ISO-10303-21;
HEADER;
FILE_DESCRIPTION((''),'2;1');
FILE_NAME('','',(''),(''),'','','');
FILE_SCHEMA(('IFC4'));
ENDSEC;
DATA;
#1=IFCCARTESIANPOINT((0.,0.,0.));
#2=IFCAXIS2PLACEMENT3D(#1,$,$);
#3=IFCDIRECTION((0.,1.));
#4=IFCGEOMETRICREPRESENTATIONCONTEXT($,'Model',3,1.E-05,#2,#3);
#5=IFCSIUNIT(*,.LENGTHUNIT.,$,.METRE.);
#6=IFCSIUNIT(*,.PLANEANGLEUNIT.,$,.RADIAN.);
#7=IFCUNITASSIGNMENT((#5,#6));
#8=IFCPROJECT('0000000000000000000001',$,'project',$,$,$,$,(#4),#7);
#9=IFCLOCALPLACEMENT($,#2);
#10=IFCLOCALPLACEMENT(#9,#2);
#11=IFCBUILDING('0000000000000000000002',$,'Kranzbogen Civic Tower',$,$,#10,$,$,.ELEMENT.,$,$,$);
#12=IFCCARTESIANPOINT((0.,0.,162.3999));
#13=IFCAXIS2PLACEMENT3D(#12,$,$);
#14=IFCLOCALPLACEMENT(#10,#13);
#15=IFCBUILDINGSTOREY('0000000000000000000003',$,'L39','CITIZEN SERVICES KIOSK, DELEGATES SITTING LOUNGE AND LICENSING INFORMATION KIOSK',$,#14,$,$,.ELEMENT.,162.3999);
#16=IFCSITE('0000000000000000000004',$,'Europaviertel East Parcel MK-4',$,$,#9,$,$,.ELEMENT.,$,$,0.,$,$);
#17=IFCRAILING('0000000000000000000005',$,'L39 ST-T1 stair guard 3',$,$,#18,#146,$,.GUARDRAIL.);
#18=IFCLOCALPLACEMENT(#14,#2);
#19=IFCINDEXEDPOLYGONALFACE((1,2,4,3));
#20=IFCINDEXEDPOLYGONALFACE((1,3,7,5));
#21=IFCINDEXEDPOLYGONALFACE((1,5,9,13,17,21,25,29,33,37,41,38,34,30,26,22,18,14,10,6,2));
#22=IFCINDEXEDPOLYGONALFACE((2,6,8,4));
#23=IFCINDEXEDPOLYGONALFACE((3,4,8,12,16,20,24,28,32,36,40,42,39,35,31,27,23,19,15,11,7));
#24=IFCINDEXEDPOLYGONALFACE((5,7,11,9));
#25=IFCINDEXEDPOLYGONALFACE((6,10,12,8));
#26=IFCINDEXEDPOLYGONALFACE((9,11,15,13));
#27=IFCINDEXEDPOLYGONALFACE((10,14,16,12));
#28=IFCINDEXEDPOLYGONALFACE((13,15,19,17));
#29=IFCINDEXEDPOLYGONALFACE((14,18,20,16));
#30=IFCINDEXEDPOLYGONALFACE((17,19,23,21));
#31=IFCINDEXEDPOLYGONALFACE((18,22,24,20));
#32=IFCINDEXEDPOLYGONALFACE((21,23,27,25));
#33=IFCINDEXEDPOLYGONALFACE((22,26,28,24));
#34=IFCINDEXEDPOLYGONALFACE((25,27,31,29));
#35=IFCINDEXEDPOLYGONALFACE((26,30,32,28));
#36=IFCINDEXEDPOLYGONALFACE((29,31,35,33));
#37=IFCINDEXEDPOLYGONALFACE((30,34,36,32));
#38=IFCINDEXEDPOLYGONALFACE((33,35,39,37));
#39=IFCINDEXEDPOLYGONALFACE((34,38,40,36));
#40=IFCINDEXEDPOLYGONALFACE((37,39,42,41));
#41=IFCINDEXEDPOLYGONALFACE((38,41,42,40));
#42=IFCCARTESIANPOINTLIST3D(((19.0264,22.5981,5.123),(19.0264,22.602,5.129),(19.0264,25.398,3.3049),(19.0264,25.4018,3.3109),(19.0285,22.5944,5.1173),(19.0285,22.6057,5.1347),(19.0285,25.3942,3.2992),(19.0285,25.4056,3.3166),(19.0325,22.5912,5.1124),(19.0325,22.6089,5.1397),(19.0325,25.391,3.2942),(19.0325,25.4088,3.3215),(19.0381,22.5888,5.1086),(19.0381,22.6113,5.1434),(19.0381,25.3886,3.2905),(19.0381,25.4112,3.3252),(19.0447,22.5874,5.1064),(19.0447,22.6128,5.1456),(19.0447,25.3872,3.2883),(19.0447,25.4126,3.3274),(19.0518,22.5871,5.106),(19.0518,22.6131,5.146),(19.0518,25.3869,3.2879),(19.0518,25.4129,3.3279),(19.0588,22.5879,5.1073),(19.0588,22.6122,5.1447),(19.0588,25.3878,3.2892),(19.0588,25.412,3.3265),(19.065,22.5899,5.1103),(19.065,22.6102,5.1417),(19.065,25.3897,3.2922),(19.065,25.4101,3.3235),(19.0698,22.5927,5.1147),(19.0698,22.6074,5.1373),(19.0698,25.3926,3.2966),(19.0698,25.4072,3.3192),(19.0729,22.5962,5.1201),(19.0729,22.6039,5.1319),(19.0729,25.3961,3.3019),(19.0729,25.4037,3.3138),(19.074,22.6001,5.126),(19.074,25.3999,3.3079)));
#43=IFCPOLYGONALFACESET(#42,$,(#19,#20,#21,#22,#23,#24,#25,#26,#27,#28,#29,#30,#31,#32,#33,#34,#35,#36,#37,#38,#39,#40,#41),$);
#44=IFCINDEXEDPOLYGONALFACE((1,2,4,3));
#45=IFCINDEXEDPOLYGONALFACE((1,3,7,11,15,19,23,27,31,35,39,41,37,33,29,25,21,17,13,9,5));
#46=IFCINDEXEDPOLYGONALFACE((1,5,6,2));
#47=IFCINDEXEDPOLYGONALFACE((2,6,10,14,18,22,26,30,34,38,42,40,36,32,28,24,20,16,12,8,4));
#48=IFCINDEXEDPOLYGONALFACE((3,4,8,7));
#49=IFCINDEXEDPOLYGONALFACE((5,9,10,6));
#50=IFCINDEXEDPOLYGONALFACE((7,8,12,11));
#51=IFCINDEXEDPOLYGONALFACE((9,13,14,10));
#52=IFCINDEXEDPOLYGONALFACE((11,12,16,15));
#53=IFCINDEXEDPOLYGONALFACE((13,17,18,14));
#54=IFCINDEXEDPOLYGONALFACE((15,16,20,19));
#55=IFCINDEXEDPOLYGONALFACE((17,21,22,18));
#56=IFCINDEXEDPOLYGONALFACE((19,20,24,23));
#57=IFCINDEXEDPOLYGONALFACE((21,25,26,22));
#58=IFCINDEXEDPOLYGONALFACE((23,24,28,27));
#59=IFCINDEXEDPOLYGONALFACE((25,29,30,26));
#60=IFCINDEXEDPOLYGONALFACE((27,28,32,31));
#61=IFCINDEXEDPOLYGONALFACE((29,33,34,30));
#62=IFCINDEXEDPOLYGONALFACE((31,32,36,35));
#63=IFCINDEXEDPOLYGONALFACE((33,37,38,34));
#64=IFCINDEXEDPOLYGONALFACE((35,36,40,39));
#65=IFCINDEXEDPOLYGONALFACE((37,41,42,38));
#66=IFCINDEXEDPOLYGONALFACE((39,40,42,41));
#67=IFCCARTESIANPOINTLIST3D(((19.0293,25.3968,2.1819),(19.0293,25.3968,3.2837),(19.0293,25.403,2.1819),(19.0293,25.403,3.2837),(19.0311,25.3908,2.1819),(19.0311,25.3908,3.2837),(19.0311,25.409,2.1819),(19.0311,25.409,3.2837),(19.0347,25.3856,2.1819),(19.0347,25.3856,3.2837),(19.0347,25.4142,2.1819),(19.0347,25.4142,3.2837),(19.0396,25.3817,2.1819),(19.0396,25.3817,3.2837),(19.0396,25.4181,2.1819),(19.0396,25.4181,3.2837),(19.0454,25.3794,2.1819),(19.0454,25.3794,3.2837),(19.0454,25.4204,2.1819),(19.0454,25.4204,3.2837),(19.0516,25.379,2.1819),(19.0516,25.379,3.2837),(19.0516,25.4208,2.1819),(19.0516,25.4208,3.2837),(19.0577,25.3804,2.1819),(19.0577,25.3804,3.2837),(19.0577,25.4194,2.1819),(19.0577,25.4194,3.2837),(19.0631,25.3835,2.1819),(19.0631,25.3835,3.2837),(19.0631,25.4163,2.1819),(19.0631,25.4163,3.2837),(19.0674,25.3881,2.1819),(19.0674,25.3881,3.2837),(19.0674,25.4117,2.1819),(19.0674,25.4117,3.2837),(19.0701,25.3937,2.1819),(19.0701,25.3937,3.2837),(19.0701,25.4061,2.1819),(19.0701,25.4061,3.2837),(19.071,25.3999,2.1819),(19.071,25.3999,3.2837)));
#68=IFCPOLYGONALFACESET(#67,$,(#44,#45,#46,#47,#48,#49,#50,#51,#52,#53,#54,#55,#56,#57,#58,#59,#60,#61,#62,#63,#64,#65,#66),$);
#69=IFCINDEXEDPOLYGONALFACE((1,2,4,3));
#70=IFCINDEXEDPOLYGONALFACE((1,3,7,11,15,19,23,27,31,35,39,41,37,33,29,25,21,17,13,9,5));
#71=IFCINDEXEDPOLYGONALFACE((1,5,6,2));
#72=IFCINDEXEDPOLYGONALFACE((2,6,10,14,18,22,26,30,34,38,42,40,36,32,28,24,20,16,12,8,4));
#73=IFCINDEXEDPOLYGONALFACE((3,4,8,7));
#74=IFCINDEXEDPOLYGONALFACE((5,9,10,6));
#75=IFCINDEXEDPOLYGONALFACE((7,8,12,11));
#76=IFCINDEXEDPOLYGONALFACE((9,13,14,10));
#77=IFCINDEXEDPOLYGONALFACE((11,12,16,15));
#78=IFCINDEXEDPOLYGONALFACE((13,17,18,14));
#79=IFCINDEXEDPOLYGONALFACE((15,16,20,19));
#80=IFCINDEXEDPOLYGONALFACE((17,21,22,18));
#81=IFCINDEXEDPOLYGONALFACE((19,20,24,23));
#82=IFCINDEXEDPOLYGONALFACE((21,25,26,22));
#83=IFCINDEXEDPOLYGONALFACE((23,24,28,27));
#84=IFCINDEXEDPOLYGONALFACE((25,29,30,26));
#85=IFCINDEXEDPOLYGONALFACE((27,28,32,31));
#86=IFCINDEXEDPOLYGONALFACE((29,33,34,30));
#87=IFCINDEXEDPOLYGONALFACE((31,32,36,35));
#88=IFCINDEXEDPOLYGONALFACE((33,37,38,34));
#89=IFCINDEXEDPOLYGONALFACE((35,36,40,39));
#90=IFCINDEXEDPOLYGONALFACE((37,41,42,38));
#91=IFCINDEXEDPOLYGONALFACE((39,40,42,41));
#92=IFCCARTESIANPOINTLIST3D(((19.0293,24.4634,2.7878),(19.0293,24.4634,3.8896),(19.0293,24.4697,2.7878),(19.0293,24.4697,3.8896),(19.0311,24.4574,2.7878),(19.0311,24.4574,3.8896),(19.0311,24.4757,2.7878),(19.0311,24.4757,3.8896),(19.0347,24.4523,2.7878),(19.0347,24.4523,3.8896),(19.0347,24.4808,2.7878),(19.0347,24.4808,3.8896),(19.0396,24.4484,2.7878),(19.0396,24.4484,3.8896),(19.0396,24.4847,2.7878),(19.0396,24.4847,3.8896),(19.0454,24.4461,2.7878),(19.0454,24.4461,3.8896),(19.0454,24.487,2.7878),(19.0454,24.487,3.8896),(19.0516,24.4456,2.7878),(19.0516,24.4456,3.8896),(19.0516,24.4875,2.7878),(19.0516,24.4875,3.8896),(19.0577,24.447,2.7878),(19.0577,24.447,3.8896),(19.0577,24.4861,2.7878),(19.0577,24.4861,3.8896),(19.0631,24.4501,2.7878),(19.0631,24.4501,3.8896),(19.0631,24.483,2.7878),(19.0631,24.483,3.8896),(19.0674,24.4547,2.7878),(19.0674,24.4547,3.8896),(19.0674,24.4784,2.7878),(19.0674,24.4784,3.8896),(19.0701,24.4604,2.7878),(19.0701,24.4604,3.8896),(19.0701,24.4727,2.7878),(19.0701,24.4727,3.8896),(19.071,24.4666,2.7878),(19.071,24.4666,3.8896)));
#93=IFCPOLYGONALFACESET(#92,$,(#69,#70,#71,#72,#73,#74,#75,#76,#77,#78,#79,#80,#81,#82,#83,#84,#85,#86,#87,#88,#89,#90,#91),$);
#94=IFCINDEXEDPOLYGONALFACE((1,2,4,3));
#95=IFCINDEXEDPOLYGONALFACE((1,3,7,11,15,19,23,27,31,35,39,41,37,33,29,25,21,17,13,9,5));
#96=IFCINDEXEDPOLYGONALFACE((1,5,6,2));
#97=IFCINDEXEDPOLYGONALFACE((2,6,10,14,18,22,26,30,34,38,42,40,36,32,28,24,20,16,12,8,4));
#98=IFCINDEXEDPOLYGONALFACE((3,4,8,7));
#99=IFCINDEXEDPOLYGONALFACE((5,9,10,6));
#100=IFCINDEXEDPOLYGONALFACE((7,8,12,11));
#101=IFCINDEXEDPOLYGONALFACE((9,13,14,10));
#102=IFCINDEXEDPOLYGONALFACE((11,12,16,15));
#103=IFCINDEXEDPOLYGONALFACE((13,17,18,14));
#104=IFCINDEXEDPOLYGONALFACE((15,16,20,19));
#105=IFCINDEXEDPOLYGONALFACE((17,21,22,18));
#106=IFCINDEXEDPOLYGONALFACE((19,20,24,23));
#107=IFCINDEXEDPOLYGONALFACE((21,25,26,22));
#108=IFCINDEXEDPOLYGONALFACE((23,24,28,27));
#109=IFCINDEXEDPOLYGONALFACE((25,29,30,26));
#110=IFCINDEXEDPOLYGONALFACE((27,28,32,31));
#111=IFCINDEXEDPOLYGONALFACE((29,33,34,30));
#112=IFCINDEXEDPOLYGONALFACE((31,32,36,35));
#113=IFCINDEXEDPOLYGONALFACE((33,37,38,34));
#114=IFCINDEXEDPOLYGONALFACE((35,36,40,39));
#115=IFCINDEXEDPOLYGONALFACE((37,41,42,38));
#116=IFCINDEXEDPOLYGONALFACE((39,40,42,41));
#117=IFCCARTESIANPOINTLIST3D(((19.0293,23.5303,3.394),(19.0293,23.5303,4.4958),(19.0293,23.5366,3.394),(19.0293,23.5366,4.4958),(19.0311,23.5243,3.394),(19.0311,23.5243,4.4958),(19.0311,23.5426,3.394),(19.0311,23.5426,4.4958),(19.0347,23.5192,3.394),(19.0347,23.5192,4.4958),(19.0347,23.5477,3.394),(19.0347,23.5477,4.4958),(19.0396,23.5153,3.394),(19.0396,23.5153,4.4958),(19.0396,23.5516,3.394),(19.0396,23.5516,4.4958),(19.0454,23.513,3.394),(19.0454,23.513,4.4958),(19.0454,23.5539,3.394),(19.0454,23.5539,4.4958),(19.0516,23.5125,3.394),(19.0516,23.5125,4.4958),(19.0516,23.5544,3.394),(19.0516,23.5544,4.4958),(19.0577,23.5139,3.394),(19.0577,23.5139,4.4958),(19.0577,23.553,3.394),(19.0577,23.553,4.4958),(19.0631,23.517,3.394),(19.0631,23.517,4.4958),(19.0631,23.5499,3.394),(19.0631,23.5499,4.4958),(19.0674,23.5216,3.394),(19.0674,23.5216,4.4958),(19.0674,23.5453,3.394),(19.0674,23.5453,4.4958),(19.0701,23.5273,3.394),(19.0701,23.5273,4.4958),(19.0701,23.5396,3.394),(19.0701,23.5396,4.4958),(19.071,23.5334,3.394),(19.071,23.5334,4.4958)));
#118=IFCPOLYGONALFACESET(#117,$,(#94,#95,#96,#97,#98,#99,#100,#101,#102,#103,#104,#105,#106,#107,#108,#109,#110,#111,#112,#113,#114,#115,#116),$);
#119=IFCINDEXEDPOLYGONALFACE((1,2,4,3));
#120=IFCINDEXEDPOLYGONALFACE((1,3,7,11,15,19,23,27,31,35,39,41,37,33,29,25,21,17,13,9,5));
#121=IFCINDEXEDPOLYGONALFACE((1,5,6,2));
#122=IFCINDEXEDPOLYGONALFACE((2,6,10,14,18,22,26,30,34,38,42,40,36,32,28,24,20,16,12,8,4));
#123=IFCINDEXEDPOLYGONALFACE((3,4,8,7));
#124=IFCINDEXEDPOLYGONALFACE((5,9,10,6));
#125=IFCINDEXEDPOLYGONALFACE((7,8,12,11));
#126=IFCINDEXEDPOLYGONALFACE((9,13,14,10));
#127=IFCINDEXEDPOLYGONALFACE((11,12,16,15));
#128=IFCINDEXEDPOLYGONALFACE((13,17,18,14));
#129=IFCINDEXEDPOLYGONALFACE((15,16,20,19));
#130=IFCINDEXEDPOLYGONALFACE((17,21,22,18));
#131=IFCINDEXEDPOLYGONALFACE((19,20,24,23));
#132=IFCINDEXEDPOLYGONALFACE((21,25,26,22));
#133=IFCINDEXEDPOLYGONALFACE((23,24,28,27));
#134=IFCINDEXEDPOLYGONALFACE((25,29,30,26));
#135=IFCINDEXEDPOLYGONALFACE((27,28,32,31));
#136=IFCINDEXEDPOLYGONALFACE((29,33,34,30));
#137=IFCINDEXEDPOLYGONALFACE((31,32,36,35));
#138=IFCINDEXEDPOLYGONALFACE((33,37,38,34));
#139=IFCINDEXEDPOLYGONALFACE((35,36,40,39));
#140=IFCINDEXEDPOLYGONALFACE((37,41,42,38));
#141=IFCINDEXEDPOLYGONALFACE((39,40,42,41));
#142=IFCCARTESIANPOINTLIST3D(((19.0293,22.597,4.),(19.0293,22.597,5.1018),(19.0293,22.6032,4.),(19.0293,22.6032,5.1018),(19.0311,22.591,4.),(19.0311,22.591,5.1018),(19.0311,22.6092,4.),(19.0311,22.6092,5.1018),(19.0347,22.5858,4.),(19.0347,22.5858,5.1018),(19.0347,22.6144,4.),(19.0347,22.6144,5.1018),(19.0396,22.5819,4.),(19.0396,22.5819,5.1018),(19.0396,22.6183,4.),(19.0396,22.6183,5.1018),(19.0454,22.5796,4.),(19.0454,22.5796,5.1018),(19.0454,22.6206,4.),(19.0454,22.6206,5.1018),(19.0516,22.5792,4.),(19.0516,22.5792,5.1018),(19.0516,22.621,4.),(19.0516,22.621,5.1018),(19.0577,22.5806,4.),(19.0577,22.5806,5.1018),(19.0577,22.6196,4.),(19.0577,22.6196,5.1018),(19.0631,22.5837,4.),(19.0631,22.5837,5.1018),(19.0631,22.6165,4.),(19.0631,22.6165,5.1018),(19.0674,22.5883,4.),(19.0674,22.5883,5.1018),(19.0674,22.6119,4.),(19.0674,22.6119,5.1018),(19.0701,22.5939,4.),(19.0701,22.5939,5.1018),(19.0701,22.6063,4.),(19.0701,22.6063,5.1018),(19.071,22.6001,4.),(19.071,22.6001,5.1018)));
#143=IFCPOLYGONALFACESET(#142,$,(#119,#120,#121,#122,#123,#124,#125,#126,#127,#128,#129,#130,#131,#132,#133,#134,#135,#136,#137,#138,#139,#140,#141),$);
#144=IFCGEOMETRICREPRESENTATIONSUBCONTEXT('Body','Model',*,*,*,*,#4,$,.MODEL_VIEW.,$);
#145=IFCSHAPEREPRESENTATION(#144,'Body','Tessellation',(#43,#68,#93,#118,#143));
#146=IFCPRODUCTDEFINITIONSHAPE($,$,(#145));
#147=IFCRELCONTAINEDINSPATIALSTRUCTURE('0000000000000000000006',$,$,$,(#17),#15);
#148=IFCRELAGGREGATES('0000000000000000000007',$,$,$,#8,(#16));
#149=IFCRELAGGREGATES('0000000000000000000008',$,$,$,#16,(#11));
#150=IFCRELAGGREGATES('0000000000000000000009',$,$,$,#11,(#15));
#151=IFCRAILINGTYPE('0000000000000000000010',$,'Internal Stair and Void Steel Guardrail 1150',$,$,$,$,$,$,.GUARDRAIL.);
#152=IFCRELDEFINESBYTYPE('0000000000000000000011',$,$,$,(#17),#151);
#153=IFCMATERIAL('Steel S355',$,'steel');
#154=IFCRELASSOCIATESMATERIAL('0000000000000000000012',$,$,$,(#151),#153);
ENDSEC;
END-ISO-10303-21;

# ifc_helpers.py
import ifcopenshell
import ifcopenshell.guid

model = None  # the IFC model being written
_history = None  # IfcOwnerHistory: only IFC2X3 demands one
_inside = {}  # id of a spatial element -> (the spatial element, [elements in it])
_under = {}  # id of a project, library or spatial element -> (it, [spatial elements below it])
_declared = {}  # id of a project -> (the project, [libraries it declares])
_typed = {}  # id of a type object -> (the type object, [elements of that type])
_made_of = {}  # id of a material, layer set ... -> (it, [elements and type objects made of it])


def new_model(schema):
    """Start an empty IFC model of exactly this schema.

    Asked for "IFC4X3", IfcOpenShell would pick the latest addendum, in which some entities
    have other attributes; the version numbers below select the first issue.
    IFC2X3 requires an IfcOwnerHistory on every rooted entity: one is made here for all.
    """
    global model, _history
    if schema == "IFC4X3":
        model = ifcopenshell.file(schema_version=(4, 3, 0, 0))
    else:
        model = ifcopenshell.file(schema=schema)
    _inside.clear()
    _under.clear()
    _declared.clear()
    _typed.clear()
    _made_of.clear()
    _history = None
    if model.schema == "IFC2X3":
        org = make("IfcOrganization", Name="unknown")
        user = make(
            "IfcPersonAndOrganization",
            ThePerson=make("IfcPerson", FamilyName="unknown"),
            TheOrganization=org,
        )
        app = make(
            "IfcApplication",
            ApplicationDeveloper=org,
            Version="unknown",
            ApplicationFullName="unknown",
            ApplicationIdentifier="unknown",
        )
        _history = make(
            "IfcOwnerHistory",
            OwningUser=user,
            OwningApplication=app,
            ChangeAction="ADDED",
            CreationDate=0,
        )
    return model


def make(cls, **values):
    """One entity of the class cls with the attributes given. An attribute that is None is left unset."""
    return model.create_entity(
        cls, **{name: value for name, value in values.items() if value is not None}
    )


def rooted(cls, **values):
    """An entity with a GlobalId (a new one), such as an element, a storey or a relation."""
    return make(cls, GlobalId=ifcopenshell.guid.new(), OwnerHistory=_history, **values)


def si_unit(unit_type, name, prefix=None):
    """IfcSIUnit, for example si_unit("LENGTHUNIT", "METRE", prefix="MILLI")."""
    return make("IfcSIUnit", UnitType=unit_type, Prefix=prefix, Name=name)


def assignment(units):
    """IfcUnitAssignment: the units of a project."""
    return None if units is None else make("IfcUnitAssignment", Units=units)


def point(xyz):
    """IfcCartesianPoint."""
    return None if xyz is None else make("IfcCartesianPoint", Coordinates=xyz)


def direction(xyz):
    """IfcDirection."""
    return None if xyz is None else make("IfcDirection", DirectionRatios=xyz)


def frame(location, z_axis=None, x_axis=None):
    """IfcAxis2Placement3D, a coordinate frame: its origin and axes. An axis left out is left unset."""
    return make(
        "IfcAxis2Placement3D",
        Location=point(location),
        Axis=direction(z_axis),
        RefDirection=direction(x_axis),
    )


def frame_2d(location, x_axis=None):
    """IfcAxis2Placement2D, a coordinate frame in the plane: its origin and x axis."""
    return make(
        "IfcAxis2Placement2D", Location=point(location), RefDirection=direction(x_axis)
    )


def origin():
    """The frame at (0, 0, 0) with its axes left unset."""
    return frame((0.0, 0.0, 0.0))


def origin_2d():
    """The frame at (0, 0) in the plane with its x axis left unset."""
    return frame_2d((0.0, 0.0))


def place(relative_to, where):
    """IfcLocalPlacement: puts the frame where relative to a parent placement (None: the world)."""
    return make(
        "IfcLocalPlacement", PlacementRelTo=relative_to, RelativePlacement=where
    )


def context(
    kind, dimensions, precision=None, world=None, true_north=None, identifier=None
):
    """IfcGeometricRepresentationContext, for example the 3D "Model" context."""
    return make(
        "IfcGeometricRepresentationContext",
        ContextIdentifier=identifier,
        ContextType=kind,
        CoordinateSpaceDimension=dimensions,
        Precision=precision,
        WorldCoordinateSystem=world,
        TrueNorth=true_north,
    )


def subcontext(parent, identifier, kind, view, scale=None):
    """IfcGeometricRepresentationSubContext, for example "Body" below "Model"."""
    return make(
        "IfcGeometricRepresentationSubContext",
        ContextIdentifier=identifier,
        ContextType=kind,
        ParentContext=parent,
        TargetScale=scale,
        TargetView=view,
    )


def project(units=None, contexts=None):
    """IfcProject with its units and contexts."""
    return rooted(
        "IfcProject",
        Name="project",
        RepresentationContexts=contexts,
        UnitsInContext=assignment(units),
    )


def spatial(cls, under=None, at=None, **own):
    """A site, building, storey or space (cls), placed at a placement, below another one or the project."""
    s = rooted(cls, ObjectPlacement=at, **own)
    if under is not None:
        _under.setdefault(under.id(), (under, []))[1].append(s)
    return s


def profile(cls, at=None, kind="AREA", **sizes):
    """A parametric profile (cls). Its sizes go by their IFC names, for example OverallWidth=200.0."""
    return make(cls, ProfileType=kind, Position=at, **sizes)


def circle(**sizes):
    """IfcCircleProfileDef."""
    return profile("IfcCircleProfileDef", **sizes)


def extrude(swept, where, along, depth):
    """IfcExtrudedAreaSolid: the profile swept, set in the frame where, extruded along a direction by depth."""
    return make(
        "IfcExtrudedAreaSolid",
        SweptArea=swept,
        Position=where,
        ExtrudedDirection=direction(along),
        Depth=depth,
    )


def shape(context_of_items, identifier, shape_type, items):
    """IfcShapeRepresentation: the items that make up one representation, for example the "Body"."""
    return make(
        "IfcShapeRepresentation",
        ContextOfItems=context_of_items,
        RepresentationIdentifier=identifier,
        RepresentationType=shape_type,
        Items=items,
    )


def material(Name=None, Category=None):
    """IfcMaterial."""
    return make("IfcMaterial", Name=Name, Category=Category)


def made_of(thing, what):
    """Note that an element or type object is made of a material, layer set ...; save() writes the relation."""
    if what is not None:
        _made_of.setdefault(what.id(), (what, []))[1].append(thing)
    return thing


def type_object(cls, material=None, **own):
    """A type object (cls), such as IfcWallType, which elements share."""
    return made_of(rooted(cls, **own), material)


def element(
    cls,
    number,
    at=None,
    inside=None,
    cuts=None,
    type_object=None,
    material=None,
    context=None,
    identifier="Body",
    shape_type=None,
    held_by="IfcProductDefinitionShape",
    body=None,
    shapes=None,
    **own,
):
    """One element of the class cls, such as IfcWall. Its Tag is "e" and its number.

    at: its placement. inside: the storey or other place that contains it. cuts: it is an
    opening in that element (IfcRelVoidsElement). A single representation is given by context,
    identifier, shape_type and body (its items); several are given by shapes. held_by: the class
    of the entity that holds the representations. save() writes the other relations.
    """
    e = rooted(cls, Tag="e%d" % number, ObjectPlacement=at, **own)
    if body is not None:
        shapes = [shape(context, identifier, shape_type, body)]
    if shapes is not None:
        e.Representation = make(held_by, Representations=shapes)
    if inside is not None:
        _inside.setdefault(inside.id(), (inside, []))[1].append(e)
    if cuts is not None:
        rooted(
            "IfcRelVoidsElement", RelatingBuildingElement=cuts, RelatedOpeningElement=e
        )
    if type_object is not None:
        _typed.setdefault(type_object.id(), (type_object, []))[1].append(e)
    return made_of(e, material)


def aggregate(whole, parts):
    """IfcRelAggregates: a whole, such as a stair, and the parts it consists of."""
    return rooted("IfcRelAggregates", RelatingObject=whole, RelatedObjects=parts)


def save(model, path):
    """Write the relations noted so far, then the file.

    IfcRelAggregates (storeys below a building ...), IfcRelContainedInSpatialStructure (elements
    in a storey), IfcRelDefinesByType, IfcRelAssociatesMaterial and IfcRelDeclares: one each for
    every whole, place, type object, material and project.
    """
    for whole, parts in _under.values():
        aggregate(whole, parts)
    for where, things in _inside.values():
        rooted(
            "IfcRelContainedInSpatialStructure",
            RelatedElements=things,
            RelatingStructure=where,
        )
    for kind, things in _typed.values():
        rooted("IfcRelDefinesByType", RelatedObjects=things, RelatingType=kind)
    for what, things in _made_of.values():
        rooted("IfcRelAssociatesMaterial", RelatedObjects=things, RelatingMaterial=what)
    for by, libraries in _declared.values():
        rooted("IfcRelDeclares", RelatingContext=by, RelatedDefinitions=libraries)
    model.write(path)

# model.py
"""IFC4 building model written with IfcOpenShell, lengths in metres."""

from ifc_helpers import new_model, si_unit, direction, frame, origin, origin_2d, place, context, subcontext, project, spatial, circle, extrude, material, type_object, element, save


model = new_model("IFC4")

# Units and contexts
model_context = context("Model", 3, precision=1e-05, world=origin(), true_north=direction((0.0, 1.0)))
body_context = subcontext(model_context, "Body", "Model", "MODEL_VIEW")
ifc_project = project(units=[si_unit("LENGTHUNIT", "METRE"), si_unit("PLANEANGLEUNIT", "RADIAN")], contexts=[model_context])

# Site, building, storey
site_placement = place(None, origin())
site = spatial("IfcSite", under=ifc_project, at=site_placement, Name="Europaviertel East Parcel MK-4", CompositionType="ELEMENT", RefElevation=0.0)
building_placement = place(site_placement, origin())
building = spatial("IfcBuilding", under=site, at=building_placement, Name="Kranzbogen Civic Tower", CompositionType="ELEMENT")
storey_placement = place(building_placement, frame((0.0, 0.0, 162.3999)))
storey = spatial("IfcBuildingStorey", under=building, at=storey_placement, Name="L39", Description="CITIZEN SERVICES KIOSK, DELEGATES SITTING LOUNGE AND LICENSING INFORMATION KIOSK", CompositionType="ELEMENT", Elevation=162.3999)

# Shared definitions
ifc_material_1 = material(Name="Steel S355", Category="steel")

# Railing
railing_type = type_object("IfcRailingType", Name="Internal Stair and Void Steel Guardrail 1150", PredefinedType="GUARDRAIL", material=ifc_material_1)
railing_1_placement = place(storey_placement, frame((19.05, 25.3999, 2.1819)))
element("IfcRailing", 1, at=railing_1_placement, inside=storey, type_object=railing_type, Name="L39 ST-T1 stair guard 3", PredefinedType="GUARDRAIL", context=body_context, shape_type="SweptSolid", body=[
    extrude(circle(Radius=0.0239, at=origin_2d()), frame((0.0, 0.0, 1.126), z_axis=(0.0, -0.838684, 0.544618), x_axis=(1.0, 0.0, 0.0)), (0.0, 0.0, 1.0), 3.3384),
    extrude(circle(Radius=0.021, at=origin_2d()), origin(), (0.0, 0.0, 1.0), 1.1018),
    extrude(circle(Radius=0.021, at=origin_2d()), frame((0.0, -0.9333, 0.606)), (0.0, 0.0, 1.0), 1.1018),
    extrude(circle(Radius=0.021, at=origin_2d()), frame((0.0, -1.8665, 1.2122)), (0.0, 0.0, 1.0), 1.1018),
    extrude(circle(Radius=0.021, at=origin_2d()), frame((0.0, -2.7998, 1.8181)), (0.0, 0.0, 1.0), 1.1018),
])

save(model, "model.ifc")
